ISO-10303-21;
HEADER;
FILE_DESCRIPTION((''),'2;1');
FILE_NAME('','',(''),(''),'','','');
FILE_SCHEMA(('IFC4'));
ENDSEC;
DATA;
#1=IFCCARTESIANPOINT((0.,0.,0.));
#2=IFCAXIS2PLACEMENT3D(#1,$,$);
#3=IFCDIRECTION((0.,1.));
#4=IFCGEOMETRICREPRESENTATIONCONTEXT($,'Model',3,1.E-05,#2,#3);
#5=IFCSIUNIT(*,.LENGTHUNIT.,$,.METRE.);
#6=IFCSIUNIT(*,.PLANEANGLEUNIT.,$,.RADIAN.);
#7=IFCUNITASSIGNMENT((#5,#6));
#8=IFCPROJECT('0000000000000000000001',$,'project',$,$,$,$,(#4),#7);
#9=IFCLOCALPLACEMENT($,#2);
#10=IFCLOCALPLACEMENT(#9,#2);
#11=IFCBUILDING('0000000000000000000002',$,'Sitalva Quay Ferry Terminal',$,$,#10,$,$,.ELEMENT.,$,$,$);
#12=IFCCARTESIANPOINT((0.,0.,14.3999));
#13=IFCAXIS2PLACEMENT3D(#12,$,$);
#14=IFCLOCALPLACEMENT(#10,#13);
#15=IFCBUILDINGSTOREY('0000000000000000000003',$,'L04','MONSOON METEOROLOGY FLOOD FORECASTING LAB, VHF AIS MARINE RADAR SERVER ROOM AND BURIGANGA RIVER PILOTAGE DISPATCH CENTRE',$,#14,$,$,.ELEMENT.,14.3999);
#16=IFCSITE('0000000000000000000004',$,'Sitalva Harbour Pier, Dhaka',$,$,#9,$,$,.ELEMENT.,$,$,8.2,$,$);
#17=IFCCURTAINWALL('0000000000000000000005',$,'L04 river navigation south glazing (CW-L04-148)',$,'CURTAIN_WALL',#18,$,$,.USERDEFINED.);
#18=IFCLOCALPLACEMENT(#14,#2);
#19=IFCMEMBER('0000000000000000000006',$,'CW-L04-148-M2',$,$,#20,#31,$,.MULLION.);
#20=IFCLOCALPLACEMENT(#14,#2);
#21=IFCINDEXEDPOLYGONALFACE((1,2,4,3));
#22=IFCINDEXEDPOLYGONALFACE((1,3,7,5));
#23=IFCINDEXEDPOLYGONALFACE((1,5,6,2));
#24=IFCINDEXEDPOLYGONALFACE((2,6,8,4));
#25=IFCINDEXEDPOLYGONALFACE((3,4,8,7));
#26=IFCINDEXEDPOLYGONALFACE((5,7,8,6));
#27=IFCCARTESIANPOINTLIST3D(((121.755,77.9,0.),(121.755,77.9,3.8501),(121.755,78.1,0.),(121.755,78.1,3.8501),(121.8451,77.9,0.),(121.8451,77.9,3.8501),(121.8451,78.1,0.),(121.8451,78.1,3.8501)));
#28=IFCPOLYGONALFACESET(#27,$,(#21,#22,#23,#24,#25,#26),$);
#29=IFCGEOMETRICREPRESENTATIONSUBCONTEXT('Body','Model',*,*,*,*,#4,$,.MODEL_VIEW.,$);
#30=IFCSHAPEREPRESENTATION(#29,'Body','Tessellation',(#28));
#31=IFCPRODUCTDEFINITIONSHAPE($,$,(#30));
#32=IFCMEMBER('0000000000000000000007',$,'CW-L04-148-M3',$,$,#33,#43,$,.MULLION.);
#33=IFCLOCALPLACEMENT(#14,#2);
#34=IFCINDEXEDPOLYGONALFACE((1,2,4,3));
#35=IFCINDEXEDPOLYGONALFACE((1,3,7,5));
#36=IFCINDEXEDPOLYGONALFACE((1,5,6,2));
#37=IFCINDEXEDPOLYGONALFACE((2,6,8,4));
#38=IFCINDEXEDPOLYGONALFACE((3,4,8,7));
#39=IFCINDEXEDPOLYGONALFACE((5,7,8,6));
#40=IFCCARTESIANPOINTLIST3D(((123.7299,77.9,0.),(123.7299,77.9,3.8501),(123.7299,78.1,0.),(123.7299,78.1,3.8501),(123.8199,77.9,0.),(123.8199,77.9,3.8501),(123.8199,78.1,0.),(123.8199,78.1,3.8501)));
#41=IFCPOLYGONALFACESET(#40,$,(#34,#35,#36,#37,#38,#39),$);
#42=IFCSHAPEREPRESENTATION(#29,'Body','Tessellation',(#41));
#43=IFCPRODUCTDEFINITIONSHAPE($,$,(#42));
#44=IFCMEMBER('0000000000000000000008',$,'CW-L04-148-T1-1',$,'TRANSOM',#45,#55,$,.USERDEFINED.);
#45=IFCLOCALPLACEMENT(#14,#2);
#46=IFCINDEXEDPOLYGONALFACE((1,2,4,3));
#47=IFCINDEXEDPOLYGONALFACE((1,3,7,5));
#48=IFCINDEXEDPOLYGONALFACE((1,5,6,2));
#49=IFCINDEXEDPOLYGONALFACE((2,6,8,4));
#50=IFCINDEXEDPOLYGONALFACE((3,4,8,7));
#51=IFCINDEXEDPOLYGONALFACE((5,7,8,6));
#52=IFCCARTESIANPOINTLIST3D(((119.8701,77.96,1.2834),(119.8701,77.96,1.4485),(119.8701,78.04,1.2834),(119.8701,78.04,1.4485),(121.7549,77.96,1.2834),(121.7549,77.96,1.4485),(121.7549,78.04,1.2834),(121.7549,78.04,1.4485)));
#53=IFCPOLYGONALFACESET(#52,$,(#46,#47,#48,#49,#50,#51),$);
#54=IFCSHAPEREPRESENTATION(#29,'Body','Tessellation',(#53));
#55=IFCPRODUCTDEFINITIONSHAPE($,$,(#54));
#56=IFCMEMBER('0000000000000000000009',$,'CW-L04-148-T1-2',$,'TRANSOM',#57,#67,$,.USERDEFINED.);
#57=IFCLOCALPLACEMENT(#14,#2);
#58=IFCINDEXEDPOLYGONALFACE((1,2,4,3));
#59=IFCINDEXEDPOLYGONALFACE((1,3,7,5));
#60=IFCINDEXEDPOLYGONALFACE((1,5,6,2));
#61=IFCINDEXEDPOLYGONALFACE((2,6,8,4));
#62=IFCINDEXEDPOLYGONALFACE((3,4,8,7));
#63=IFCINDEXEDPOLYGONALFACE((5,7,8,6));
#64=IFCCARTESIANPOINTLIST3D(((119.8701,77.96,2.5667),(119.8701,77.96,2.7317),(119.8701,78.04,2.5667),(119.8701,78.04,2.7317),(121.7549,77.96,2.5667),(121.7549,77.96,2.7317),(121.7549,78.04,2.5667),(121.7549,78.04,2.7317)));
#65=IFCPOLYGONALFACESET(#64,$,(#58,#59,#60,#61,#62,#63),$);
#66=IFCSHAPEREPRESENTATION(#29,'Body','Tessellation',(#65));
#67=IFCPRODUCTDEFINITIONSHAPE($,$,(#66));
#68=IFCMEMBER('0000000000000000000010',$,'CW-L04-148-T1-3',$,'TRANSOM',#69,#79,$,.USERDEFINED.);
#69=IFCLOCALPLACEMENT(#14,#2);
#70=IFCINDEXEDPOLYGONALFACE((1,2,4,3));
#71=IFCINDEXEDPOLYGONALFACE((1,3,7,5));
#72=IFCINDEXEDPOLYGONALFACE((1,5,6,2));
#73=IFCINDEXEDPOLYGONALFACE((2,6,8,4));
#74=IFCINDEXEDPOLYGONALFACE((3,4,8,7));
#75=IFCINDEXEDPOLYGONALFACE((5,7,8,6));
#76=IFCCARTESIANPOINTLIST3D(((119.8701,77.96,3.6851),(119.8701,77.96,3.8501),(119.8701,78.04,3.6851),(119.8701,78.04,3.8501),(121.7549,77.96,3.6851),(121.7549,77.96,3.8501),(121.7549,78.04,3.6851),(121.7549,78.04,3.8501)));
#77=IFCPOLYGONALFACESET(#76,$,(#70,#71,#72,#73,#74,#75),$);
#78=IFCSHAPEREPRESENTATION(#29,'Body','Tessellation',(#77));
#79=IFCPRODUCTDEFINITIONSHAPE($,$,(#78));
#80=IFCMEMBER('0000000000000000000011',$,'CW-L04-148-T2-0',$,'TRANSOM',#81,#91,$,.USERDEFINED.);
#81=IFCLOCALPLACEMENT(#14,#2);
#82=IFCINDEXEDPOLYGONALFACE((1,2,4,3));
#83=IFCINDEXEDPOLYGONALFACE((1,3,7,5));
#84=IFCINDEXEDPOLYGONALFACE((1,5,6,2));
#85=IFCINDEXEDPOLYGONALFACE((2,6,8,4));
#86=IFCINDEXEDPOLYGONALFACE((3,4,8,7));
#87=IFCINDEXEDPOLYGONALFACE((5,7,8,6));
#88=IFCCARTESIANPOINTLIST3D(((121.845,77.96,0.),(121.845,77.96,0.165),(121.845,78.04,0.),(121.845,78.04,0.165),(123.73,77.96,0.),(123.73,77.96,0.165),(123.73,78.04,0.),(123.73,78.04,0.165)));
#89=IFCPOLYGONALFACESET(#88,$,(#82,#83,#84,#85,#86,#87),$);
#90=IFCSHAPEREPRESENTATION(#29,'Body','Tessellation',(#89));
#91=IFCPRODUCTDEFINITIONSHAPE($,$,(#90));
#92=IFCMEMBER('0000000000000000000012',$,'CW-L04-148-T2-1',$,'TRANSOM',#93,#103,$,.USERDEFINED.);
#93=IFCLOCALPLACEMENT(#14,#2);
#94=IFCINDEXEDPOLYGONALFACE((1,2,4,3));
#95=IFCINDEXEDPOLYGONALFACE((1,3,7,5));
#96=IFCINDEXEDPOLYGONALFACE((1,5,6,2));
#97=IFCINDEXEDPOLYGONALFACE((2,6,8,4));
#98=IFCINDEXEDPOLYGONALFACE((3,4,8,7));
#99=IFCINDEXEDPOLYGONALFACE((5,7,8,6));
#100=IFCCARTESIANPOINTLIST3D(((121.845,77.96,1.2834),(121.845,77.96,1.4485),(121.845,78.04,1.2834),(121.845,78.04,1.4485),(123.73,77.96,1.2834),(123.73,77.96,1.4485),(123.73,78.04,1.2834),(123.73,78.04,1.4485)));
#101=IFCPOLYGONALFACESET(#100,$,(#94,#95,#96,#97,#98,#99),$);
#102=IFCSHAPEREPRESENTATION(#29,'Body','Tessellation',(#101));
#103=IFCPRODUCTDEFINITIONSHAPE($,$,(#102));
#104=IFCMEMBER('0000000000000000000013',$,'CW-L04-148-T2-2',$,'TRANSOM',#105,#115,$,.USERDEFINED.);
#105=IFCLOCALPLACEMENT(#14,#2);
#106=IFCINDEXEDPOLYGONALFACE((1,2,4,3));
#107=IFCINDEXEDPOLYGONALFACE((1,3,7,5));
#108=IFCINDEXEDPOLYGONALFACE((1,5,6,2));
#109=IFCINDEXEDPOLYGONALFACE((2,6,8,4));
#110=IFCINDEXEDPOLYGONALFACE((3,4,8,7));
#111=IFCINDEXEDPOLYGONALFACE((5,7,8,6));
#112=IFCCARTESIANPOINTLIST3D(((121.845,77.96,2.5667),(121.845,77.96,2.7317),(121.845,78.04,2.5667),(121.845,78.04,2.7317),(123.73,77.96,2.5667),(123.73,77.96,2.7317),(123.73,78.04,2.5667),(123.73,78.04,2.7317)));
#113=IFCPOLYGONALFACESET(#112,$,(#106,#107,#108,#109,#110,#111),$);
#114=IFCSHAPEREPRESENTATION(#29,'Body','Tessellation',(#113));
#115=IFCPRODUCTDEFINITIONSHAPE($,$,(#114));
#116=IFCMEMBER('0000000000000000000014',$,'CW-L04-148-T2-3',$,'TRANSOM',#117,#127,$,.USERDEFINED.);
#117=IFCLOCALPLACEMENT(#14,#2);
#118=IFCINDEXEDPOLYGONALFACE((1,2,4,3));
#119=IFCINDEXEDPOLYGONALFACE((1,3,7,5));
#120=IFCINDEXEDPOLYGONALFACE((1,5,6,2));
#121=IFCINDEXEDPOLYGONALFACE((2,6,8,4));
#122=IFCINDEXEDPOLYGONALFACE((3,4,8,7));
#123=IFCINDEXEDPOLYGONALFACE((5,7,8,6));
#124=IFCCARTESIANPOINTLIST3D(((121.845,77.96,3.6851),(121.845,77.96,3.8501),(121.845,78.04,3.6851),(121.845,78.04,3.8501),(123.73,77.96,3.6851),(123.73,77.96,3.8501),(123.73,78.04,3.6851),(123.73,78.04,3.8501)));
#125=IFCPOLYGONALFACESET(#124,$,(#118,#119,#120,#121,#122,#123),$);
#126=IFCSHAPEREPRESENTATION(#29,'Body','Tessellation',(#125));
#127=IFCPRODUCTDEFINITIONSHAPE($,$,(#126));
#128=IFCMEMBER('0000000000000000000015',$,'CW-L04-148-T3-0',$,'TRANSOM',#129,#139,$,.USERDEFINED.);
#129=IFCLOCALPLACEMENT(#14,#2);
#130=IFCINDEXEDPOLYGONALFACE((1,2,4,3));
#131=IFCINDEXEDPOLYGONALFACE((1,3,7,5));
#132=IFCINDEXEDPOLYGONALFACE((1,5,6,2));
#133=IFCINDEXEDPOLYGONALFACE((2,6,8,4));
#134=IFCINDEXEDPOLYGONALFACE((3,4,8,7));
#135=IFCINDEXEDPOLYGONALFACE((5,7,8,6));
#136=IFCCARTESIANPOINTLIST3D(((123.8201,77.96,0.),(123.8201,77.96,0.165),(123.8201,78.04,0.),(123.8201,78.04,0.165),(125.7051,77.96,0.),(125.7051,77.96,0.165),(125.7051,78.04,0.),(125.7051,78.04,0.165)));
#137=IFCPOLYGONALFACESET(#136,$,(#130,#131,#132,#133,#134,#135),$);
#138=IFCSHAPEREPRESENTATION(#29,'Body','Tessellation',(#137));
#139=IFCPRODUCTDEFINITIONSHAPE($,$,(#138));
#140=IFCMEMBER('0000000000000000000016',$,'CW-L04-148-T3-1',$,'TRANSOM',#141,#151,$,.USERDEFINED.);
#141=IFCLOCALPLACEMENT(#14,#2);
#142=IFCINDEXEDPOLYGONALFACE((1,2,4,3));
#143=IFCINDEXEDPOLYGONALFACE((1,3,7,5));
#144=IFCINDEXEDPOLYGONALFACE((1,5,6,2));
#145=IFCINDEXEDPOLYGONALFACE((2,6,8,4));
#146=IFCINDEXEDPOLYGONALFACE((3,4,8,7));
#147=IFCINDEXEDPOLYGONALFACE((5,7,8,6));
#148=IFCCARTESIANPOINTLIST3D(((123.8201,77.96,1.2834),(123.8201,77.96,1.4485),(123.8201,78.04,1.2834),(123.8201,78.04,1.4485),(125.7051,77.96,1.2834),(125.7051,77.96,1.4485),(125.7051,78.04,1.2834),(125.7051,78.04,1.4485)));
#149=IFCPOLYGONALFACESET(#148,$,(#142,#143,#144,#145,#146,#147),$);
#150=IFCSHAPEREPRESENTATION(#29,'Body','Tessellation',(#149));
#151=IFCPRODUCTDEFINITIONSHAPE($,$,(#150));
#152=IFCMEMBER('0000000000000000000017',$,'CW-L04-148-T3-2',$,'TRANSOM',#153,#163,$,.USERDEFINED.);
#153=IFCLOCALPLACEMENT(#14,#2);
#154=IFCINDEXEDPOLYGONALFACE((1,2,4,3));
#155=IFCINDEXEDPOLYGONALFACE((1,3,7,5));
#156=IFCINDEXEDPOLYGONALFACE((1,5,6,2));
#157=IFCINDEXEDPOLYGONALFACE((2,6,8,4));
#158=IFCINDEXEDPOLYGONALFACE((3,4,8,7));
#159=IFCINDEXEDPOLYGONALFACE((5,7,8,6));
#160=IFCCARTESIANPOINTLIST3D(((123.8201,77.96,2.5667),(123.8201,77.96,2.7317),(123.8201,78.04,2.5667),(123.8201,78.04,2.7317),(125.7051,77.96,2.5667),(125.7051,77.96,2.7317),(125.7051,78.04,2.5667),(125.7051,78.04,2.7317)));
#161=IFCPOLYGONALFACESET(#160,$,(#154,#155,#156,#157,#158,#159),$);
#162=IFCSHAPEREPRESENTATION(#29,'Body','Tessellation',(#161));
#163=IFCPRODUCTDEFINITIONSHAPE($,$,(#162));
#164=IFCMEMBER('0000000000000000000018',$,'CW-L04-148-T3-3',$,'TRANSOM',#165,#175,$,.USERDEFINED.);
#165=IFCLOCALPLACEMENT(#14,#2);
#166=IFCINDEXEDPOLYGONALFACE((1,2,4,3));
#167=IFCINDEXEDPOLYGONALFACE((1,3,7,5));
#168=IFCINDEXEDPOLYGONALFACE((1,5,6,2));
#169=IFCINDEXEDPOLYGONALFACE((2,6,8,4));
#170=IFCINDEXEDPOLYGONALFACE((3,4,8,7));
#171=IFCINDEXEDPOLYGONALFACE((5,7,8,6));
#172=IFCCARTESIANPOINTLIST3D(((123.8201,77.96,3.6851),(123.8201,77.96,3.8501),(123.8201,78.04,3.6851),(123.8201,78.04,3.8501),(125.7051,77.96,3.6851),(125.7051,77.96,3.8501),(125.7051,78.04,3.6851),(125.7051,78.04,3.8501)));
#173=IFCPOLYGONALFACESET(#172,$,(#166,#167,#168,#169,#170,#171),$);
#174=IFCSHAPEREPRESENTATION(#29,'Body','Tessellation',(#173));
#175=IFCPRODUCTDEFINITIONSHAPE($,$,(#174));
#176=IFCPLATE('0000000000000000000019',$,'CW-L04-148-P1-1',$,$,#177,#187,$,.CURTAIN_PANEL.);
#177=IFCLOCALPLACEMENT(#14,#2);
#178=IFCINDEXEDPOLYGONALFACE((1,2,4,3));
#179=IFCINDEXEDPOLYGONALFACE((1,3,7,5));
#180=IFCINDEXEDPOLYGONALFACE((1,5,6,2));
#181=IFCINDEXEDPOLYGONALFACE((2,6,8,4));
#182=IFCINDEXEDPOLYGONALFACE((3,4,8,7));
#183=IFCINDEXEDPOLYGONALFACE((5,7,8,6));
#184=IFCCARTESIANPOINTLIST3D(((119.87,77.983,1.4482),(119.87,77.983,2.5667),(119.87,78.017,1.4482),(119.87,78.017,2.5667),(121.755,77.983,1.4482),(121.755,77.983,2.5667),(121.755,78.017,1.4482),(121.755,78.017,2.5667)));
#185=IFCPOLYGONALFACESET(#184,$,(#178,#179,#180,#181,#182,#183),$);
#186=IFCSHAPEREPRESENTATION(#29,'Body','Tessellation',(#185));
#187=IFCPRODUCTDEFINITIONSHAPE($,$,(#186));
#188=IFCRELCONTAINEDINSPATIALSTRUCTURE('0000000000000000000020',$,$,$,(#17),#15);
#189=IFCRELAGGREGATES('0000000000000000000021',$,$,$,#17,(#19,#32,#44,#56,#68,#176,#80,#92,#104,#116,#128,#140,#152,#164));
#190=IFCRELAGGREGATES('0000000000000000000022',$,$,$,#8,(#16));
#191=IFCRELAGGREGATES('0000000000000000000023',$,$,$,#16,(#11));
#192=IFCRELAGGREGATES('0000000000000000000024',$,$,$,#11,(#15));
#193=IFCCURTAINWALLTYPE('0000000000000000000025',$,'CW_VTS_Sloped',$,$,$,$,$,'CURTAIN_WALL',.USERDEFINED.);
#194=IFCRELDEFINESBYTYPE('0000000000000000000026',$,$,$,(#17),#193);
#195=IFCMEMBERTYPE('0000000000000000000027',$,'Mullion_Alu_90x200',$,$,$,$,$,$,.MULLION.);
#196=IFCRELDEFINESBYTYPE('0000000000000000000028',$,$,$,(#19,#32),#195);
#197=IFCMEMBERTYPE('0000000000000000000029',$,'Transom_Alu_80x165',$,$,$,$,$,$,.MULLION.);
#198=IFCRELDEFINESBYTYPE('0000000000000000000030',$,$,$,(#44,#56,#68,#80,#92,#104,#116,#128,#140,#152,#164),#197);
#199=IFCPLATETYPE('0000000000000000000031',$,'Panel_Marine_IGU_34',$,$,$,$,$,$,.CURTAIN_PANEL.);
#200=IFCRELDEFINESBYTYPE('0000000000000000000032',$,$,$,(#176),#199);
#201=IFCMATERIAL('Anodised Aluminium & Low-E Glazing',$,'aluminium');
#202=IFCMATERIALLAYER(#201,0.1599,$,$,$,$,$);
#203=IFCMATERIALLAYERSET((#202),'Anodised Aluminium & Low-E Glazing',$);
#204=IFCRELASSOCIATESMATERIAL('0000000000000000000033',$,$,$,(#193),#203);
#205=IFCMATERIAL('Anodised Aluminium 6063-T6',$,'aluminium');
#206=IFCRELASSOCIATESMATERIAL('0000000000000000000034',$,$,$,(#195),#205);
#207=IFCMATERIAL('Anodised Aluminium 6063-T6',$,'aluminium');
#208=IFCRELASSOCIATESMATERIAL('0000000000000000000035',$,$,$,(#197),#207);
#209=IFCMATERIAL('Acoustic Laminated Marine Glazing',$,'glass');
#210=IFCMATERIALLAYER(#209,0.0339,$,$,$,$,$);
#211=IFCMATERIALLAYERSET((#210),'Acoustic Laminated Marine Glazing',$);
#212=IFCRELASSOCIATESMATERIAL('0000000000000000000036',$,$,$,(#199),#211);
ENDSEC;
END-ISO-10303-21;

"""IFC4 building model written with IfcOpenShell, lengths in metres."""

from ifc_helpers import new_model, si_unit, direction, frame, origin, origin_2d, place, context, subcontext, project, spatial, rectangle, extrude, material, layer, layer_set, material_profile, profile_set, type_object, element, aggregate, save


model = new_model("IFC4")

# Units and contexts
model_context = context("Model", 3, precision=1e-05, world=origin(), true_north=direction((0.0, 1.0)))
body_context = subcontext(model_context, "Body", "Model", "MODEL_VIEW")
ifc_project = project(units=[si_unit("LENGTHUNIT", "METRE"), si_unit("PLANEANGLEUNIT", "RADIAN")], contexts=[model_context])

# Site, building, storey
site_placement = place(None, origin())
site = spatial("IfcSite", under=ifc_project, at=site_placement, Name="Sitalva Harbour Pier, Dhaka", CompositionType="ELEMENT", RefElevation=8.2)
building_placement = place(site_placement, origin())
building = spatial("IfcBuilding", under=site, at=building_placement, Name="Sitalva Quay Ferry Terminal", CompositionType="ELEMENT")
storey_placement = place(building_placement, frame((0.0, 0.0, 14.3999)))
storey = spatial("IfcBuildingStorey", under=building, at=storey_placement, Name="L04", Description="MONSOON METEOROLOGY FLOOD FORECASTING LAB, VHF AIS MARINE RADAR SERVER ROOM AND BURIGANGA RIVER PILOTAGE DISPATCH CENTRE", CompositionType="ELEMENT", Elevation=14.3999)

# Curtain wall, members, plate
ifc_material_1 = material(Name="Anodised Aluminium & Low-E Glazing", Category="aluminium")
ifc_layer_1 = layer(ifc_material_1, 0.1599)
ifc_layer_set_1 = layer_set([ifc_layer_1], Name="Anodised Aluminium & Low-E Glazing")
curtain_wall_type = type_object("IfcCurtainWallType", Name="CW_VTS_Sloped", ElementType="CURTAIN_WALL", PredefinedType="USERDEFINED", material=ifc_layer_set_1)
curtain_wall_placement = place(storey_placement, origin())
curtain_wall = element("IfcCurtainWall", 1, at=curtain_wall_placement, inside=storey, type_object=curtain_wall_type, Name="L04 river navigation south glazing (CW-L04-148)", ObjectType="CURTAIN_WALL", PredefinedType="USERDEFINED")
ifc_material_2 = material(Name="Anodised Aluminium 6063-T6", Category="aluminium")
ifc_material_profile_1 = material_profile(ifc_material_2, rectangle(XDim=0.0901, YDim=0.2, at=origin_2d()), Name="ALU90x200")
ifc_profile_set_1 = profile_set([ifc_material_profile_1], Name="Anodised Aluminium 6063-T6")
member_type_1 = type_object("IfcMemberType", Name="Mullion_Alu_90x200", PredefinedType="MULLION", material=ifc_profile_set_1)
member_1_placement = place(storey_placement, frame((121.8, 78.0, 0.0), z_axis=(0.0, 0.0, 1.0), x_axis=(1.0, 0.0, 0.0)))
member_1 = element("IfcMember", 2, at=member_1_placement, type_object=member_type_1, Name="CW-L04-148-M2", PredefinedType="MULLION", context=body_context, shape_type="SweptSolid", body=[
    extrude(rectangle(XDim=0.0901, YDim=0.2, at=origin_2d()), origin(), (0.0, 0.0, 1.0), 3.8501),
])
member_2_placement = place(storey_placement, frame((123.7749, 78.0, 0.0), z_axis=(0.0, 0.0, 1.0), x_axis=(1.0, 0.0, 0.0)))
member_2 = element("IfcMember", 3, at=member_2_placement, type_object=member_type_1, Name="CW-L04-148-M3", PredefinedType="MULLION", context=body_context, shape_type="SweptSolid", body=[
    extrude(rectangle(XDim=0.0901, YDim=0.2, at=origin_2d()), origin(), (0.0, 0.0, 1.0), 3.8501),
])
ifc_material_3 = material(Name="Anodised Aluminium 6063-T6", Category="aluminium")
ifc_material_profile_2 = material_profile(ifc_material_3, rectangle(XDim=0.0801, YDim=0.165, at=origin_2d()), Name="ALU80x165")
ifc_profile_set_2 = profile_set([ifc_material_profile_2], Name="Anodised Aluminium 6063-T6")
member_type_2 = type_object("IfcMemberType", Name="Transom_Alu_80x165", PredefinedType="MULLION", material=ifc_profile_set_2)
member_3_placement = place(storey_placement, frame((119.8701, 78.0, 1.366), z_axis=(1.0, 0.0, 0.0), x_axis=(0.0, 1.0, 0.0)))
member_3 = element("IfcMember", 4, at=member_3_placement, type_object=member_type_2, Name="CW-L04-148-T1-1", ObjectType="TRANSOM", PredefinedType="USERDEFINED", context=body_context, shape_type="SweptSolid", body=[
    extrude(rectangle(XDim=0.0801, YDim=0.165, at=origin_2d()), origin(), (0.0, 0.0, 1.0), 1.8848),
])
member_4_placement = place(storey_placement, frame((119.8701, 78.0, 2.6492), z_axis=(1.0, 0.0, 0.0), x_axis=(0.0, 1.0, 0.0)))
member_4 = element("IfcMember", 5, at=member_4_placement, type_object=member_type_2, Name="CW-L04-148-T1-2", ObjectType="TRANSOM", PredefinedType="USERDEFINED", context=body_context, shape_type="SweptSolid", body=[
    extrude(rectangle(XDim=0.0801, YDim=0.165, at=origin_2d()), origin(), (0.0, 0.0, 1.0), 1.8848),
])
member_5_placement = place(storey_placement, frame((119.8701, 78.0, 3.7676), z_axis=(1.0, 0.0, 0.0), x_axis=(0.0, 1.0, 0.0)))
member_5 = element("IfcMember", 6, at=member_5_placement, type_object=member_type_2, Name="CW-L04-148-T1-3", ObjectType="TRANSOM", PredefinedType="USERDEFINED", context=body_context, shape_type="SweptSolid", body=[
    extrude(rectangle(XDim=0.0801, YDim=0.165, at=origin_2d()), origin(), (0.0, 0.0, 1.0), 1.8848),
])
member_6_placement = place(storey_placement, frame((121.845, 78.0, 0.0825), z_axis=(1.0, 0.0, 0.0), x_axis=(0.0, 1.0, 0.0)))
member_6 = element("IfcMember", 7, at=member_6_placement, type_object=member_type_2, Name="CW-L04-148-T2-0", ObjectType="TRANSOM", PredefinedType="USERDEFINED", context=body_context, shape_type="SweptSolid", body=[
    extrude(rectangle(XDim=0.0801, YDim=0.165, at=origin_2d()), origin(), (0.0, 0.0, 1.0), 1.885),
])
member_7_placement = place(storey_placement, frame((121.845, 78.0, 1.366), z_axis=(1.0, 0.0, 0.0), x_axis=(0.0, 1.0, 0.0)))
member_7 = element("IfcMember", 8, at=member_7_placement, type_object=member_type_2, Name="CW-L04-148-T2-1", ObjectType="TRANSOM", PredefinedType="USERDEFINED", context=body_context, shape_type="SweptSolid", body=[
    extrude(rectangle(XDim=0.0801, YDim=0.165, at=origin_2d()), origin(), (0.0, 0.0, 1.0), 1.885),
])
member_8_placement = place(storey_placement, frame((121.845, 78.0, 2.6492), z_axis=(1.0, 0.0, 0.0), x_axis=(0.0, 1.0, 0.0)))
member_8 = element("IfcMember", 9, at=member_8_placement, type_object=member_type_2, Name="CW-L04-148-T2-2", ObjectType="TRANSOM", PredefinedType="USERDEFINED", context=body_context, shape_type="SweptSolid", body=[
    extrude(rectangle(XDim=0.0801, YDim=0.165, at=origin_2d()), origin(), (0.0, 0.0, 1.0), 1.885),
])
member_9_placement = place(storey_placement, frame((121.845, 78.0, 3.7676), z_axis=(1.0, 0.0, 0.0), x_axis=(0.0, 1.0, 0.0)))
member_9 = element("IfcMember", 10, at=member_9_placement, type_object=member_type_2, Name="CW-L04-148-T2-3", ObjectType="TRANSOM", PredefinedType="USERDEFINED", context=body_context, shape_type="SweptSolid", body=[
    extrude(rectangle(XDim=0.0801, YDim=0.165, at=origin_2d()), origin(), (0.0, 0.0, 1.0), 1.885),
])
member_10_placement = place(storey_placement, frame((123.8201, 78.0, 0.0825), z_axis=(1.0, 0.0, 0.0), x_axis=(0.0, 1.0, 0.0)))
member_10 = element("IfcMember", 11, at=member_10_placement, type_object=member_type_2, Name="CW-L04-148-T3-0", ObjectType="TRANSOM", PredefinedType="USERDEFINED", context=body_context, shape_type="SweptSolid", body=[
    extrude(rectangle(XDim=0.0801, YDim=0.165, at=origin_2d()), origin(), (0.0, 0.0, 1.0), 1.885),
])
member_11_placement = place(storey_placement, frame((123.8201, 78.0, 1.366), z_axis=(1.0, 0.0, 0.0), x_axis=(0.0, 1.0, 0.0)))
member_11 = element("IfcMember", 12, at=member_11_placement, type_object=member_type_2, Name="CW-L04-148-T3-1", ObjectType="TRANSOM", PredefinedType="USERDEFINED", context=body_context, shape_type="SweptSolid", body=[
    extrude(rectangle(XDim=0.0801, YDim=0.165, at=origin_2d()), origin(), (0.0, 0.0, 1.0), 1.885),
])
member_12_placement = place(storey_placement, frame((123.8201, 78.0, 2.6492), z_axis=(1.0, 0.0, 0.0), x_axis=(0.0, 1.0, 0.0)))
member_12 = element("IfcMember", 13, at=member_12_placement, type_object=member_type_2, Name="CW-L04-148-T3-2", ObjectType="TRANSOM", PredefinedType="USERDEFINED", context=body_context, shape_type="SweptSolid", body=[
    extrude(rectangle(XDim=0.0801, YDim=0.165, at=origin_2d()), origin(), (0.0, 0.0, 1.0), 1.885),
])
member_13_placement = place(storey_placement, frame((123.8201, 78.0, 3.7676), z_axis=(1.0, 0.0, 0.0), x_axis=(0.0, 1.0, 0.0)))
member_13 = element("IfcMember", 14, at=member_13_placement, type_object=member_type_2, Name="CW-L04-148-T3-3", ObjectType="TRANSOM", PredefinedType="USERDEFINED", context=body_context, shape_type="SweptSolid", body=[
    extrude(rectangle(XDim=0.0801, YDim=0.165, at=origin_2d()), origin(), (0.0, 0.0, 1.0), 1.885),
])
ifc_material_4 = material(Name="Acoustic Laminated Marine Glazing", Category="glass")
ifc_layer_2 = layer(ifc_material_4, 0.0339)
ifc_layer_set_2 = layer_set([ifc_layer_2], Name="Acoustic Laminated Marine Glazing")
plate_type_1 = type_object("IfcPlateType", Name="Panel_Marine_IGU_34", PredefinedType="CURTAIN_PANEL", material=ifc_layer_set_2)
plate_1_placement = place(storey_placement, frame((120.8125, 78.0, 1.4482), z_axis=(0.0, 0.0, 1.0), x_axis=(1.0, 0.0, 0.0)))
plate_1 = element("IfcPlate", 15, at=plate_1_placement, type_object=plate_type_1, Name="CW-L04-148-P1-1", PredefinedType="CURTAIN_PANEL", context=body_context, shape_type="SweptSolid", body=[
    extrude(rectangle(XDim=1.885, YDim=0.0339, at=origin_2d()), origin(), (0.0, 0.0, 1.0), 1.1184),
])
aggregate(curtain_wall, [member_1, member_2, member_3, member_4, member_5, plate_1, member_6, member_7, member_8, member_9, member_10, member_11, member_12, member_13])

save(model, "model.ifc")
